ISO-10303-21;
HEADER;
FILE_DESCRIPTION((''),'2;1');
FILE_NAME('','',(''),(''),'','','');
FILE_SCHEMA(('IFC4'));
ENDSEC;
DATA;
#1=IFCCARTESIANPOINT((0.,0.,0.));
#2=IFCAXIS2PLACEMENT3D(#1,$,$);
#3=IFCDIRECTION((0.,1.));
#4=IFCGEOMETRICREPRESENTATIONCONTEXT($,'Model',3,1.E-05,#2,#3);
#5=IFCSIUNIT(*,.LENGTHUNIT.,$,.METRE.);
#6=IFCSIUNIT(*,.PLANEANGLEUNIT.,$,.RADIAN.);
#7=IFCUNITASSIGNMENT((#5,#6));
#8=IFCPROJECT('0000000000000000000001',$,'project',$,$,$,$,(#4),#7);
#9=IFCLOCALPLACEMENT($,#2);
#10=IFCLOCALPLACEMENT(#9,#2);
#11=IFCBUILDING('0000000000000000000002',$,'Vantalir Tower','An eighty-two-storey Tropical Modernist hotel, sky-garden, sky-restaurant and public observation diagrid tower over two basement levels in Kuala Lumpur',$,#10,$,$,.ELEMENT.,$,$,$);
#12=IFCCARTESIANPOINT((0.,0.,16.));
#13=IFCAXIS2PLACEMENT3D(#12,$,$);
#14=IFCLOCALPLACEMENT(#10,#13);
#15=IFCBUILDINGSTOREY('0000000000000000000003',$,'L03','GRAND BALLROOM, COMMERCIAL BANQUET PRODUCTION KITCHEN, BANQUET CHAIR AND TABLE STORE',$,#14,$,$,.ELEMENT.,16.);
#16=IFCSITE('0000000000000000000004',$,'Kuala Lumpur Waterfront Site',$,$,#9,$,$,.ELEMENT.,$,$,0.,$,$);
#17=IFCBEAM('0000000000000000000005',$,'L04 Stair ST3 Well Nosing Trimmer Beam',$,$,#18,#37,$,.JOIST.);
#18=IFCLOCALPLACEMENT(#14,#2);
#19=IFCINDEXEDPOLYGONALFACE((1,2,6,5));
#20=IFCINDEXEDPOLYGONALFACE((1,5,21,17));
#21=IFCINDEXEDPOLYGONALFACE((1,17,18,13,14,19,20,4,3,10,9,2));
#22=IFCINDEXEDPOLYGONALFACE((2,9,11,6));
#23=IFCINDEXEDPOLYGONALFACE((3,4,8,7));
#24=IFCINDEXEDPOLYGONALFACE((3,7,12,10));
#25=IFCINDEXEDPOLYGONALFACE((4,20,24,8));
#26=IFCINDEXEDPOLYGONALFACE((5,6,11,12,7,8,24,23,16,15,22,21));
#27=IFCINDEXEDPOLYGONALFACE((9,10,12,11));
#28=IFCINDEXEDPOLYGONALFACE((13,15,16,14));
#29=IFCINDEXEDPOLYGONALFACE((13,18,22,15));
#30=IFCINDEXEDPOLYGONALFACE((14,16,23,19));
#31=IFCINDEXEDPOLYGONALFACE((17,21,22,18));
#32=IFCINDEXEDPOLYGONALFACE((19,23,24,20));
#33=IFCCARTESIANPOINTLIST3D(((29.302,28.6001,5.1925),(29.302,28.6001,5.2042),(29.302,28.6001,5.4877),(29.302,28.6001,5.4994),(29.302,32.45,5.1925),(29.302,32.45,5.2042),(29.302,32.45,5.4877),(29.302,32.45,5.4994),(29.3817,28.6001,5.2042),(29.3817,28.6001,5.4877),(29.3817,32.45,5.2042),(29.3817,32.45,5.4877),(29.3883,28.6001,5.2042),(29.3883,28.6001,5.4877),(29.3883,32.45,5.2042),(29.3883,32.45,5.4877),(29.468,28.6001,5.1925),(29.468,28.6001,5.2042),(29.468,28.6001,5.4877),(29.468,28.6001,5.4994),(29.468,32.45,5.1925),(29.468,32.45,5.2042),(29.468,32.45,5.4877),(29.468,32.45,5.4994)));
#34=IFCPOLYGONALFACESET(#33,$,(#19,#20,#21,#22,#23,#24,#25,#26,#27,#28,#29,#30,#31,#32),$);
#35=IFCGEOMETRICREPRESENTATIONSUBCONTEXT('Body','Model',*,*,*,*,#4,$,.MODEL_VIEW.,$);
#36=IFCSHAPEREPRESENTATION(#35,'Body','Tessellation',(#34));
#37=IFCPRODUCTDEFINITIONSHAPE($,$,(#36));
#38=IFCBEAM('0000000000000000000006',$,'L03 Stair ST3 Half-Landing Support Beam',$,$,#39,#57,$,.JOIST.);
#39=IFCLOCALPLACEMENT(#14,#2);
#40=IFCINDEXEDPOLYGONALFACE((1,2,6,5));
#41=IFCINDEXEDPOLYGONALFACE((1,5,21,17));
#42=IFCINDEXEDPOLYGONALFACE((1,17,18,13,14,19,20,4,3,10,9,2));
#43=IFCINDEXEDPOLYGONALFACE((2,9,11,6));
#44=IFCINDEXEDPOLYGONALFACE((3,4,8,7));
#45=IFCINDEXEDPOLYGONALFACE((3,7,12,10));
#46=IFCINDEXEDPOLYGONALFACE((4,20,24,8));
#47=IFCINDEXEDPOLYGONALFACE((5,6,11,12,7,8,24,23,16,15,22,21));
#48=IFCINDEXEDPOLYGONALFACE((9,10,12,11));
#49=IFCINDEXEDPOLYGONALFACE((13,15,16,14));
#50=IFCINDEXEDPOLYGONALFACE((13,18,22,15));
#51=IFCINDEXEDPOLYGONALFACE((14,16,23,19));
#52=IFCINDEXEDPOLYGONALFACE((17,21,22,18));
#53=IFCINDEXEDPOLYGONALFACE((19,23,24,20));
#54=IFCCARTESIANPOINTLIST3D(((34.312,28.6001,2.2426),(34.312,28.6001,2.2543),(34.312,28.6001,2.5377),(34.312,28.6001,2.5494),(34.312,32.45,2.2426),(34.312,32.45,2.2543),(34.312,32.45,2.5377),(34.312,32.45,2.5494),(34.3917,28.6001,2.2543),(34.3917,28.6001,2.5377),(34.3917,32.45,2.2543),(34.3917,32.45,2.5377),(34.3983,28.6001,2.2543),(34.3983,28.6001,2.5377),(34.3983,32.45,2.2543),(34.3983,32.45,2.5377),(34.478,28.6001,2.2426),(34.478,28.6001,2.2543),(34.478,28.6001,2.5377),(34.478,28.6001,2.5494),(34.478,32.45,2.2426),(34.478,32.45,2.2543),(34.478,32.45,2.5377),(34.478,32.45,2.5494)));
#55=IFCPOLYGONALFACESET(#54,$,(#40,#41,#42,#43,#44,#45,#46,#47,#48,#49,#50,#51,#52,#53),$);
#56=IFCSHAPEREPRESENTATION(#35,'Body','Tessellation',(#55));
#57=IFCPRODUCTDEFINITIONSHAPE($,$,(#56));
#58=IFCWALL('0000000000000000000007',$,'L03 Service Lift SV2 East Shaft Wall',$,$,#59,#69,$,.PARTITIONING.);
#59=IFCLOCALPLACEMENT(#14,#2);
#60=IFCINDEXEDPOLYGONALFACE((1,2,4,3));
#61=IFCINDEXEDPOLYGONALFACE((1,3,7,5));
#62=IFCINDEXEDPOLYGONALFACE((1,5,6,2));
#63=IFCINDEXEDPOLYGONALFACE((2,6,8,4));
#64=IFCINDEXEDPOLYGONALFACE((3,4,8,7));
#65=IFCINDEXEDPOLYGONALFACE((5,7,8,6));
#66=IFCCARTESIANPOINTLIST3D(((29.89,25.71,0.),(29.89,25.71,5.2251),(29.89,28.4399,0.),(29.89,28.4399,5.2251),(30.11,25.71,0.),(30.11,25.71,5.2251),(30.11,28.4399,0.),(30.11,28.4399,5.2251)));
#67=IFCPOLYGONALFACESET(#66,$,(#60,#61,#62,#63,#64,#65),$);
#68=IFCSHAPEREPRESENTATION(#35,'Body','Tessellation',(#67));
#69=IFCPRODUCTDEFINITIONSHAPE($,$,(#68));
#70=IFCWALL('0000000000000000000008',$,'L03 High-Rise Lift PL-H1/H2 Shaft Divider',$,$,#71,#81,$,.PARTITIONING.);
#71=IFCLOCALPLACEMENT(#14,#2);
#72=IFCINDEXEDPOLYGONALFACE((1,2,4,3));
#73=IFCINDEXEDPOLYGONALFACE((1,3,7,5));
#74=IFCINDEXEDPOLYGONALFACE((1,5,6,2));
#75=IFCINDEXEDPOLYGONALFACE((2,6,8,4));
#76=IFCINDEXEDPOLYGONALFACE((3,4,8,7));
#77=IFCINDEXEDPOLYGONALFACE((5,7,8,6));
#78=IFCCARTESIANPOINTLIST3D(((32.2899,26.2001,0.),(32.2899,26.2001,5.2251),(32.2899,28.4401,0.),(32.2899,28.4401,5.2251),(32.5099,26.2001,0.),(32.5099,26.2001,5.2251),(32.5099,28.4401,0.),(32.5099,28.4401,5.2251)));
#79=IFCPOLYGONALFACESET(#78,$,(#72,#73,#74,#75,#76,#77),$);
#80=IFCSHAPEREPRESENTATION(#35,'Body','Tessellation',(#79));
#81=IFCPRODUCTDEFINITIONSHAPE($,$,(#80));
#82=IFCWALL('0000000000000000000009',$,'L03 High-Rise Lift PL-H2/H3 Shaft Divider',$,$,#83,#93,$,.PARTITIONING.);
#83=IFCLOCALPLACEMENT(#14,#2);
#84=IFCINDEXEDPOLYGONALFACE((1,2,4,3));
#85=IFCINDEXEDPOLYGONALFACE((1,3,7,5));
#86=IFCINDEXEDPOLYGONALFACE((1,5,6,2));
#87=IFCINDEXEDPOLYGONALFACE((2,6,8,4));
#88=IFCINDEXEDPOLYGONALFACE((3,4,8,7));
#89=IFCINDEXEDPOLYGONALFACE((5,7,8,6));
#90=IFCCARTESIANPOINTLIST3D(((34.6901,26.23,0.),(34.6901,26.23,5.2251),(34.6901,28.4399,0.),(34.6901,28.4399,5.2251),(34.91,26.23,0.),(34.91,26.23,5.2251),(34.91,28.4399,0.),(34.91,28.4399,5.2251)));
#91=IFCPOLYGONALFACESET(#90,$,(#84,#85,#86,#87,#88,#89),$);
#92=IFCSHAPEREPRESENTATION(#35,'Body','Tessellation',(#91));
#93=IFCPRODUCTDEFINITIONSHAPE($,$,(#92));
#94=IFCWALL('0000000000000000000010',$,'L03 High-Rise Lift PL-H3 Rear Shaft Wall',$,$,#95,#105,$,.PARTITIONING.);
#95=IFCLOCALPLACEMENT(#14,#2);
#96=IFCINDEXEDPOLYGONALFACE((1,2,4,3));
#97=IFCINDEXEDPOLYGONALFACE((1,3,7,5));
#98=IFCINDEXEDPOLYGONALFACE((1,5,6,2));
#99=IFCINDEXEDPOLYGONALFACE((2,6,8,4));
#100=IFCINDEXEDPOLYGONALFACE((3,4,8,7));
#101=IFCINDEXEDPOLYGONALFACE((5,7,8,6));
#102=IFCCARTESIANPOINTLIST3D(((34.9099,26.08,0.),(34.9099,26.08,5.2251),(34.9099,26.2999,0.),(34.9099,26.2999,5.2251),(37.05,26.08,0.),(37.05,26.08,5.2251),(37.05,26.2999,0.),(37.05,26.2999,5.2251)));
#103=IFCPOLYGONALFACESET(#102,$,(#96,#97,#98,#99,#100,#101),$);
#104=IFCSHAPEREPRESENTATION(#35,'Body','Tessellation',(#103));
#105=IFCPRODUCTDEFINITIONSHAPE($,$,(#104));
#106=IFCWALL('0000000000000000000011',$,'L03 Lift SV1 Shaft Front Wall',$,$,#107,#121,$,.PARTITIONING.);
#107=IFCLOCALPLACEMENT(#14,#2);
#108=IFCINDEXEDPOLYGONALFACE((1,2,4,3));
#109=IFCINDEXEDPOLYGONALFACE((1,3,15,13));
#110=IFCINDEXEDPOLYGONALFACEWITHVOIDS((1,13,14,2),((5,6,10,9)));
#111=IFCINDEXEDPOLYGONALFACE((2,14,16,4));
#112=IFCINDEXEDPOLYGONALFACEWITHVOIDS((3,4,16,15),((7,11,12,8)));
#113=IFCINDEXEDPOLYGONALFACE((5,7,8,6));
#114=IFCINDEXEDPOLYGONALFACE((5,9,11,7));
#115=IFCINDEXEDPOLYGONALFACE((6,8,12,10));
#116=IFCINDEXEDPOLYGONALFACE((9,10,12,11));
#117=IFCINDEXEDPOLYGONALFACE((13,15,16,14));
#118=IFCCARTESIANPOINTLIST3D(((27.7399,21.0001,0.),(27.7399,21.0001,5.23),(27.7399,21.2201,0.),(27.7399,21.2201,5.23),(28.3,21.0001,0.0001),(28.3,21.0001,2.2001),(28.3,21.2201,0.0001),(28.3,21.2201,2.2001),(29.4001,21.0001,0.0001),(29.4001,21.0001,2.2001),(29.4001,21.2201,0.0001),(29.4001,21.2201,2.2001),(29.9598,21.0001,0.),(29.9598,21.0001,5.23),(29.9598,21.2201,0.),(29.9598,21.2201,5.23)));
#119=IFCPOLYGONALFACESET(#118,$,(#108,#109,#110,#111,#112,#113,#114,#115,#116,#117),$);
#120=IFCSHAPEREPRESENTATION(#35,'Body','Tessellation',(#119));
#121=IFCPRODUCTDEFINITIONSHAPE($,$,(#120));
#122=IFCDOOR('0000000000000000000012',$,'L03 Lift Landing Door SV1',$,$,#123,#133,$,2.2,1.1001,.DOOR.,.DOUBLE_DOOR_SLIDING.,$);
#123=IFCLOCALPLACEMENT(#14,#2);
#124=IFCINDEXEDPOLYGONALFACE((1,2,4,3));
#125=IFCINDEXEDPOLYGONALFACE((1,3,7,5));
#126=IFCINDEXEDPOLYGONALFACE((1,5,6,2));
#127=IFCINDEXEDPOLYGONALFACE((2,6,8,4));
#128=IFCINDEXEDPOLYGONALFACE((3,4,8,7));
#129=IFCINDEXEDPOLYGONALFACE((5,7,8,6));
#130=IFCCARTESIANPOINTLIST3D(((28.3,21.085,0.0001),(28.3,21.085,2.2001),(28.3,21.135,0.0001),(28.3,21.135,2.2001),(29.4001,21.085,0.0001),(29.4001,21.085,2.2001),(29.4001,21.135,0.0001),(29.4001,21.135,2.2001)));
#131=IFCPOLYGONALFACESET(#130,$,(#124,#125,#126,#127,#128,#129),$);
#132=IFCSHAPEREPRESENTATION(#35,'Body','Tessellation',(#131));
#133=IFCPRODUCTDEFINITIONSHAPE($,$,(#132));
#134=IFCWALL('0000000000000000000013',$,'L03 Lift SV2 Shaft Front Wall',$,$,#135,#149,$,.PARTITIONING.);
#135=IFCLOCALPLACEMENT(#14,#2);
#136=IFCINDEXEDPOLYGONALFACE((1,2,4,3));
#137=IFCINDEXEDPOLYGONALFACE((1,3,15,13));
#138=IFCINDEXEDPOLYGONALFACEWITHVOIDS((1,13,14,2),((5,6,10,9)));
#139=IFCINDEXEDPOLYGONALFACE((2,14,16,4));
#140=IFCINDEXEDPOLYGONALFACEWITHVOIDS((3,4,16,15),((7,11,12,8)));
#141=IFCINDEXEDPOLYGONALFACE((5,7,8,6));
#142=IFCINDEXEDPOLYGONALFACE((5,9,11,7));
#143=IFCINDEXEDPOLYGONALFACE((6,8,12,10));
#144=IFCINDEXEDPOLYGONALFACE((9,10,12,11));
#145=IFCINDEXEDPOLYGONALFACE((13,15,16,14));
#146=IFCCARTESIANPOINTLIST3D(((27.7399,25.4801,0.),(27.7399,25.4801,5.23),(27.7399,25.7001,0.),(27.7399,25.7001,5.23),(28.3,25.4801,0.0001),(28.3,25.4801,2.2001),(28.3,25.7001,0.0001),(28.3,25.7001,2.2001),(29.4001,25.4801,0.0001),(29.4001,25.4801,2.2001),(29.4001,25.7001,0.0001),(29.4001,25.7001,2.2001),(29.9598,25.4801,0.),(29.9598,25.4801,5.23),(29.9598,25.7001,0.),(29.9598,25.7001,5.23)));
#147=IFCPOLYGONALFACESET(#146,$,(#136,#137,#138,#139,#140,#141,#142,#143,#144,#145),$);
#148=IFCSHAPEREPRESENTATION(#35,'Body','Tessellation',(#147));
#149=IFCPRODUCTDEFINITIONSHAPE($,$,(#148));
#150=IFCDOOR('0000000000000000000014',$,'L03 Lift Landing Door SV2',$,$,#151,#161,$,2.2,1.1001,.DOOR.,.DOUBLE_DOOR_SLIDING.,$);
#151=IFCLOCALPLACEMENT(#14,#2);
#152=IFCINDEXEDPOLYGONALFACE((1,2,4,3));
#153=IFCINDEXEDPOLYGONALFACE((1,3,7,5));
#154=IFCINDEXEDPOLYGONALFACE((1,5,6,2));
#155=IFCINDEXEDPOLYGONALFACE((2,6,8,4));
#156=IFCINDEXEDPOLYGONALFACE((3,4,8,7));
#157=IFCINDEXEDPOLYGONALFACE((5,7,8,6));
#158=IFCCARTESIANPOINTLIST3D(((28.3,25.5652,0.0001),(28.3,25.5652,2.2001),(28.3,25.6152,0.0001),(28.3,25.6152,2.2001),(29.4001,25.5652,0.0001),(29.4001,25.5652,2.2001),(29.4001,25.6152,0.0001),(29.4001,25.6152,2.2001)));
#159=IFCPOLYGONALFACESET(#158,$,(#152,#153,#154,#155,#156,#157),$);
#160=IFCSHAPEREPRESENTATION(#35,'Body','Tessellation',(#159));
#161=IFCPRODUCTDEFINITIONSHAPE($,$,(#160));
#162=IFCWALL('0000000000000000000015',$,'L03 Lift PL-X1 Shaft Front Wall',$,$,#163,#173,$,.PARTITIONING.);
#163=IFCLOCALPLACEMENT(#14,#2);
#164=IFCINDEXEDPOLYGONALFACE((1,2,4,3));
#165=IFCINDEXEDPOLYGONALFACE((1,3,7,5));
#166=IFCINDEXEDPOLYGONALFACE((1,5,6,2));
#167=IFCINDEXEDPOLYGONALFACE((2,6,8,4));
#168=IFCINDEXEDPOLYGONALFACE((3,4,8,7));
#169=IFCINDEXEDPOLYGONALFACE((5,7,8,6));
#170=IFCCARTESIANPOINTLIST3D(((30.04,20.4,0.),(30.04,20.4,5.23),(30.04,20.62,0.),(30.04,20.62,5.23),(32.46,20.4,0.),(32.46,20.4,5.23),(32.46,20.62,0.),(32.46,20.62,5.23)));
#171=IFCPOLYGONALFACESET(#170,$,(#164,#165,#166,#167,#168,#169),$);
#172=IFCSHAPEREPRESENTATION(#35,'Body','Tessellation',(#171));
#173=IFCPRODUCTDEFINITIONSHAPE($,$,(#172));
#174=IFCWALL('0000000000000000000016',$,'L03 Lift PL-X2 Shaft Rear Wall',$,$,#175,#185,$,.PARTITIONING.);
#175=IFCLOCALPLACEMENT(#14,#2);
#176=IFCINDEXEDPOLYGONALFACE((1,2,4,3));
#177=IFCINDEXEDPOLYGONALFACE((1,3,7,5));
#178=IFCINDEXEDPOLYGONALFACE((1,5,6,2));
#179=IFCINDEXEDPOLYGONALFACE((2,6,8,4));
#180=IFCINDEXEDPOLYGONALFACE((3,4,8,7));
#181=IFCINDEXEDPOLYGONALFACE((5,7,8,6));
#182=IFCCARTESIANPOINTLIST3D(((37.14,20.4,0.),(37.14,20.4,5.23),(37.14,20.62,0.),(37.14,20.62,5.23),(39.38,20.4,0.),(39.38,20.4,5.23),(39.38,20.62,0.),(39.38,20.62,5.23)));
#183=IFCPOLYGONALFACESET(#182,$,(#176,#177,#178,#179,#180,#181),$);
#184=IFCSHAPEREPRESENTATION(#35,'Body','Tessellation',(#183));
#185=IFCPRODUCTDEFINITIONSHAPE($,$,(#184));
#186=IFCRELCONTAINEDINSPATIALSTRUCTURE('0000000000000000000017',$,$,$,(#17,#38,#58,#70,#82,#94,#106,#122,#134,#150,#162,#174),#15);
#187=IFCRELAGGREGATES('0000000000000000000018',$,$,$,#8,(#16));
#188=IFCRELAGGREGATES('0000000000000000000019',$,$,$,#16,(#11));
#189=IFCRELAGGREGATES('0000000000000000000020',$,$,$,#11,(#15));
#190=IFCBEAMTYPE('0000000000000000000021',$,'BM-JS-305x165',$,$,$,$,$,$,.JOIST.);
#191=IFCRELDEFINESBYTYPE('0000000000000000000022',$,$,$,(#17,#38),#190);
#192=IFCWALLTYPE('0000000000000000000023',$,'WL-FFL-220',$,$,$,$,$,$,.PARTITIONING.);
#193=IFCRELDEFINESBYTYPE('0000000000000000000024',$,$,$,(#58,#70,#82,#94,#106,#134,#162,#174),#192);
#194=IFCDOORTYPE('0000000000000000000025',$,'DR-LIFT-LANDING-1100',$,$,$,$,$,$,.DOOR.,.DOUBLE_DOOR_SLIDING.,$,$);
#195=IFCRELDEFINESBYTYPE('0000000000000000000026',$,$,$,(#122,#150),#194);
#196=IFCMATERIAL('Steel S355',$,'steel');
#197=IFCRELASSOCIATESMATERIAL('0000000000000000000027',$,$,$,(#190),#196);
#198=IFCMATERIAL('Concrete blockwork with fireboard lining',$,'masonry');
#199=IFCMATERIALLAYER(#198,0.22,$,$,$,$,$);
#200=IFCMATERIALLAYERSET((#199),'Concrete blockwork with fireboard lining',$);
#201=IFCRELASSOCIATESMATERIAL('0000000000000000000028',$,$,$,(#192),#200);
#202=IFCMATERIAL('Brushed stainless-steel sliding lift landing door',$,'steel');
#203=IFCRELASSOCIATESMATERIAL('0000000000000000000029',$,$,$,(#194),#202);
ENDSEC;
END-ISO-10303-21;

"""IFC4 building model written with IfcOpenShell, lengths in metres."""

from ifc_helpers import new_model, si_unit, direction, frame, frame_2d, origin, origin_2d, place, context, subcontext, project, spatial, rectangle, i_section, extrude, material, layer, layer_set, material_profile, profile_set, type_object, element, fill, save


model = new_model("IFC4")

# Units and contexts
model_context = context("Model", 3, precision=1e-05, world=origin(), true_north=direction((0.0, 1.0)))
body_context = subcontext(model_context, "Body", "Model", "MODEL_VIEW")
ifc_project = project(units=[si_unit("LENGTHUNIT", "METRE"), si_unit("PLANEANGLEUNIT", "RADIAN")], contexts=[model_context])

# Site, building, storey
site_placement = place(None, origin())
site = spatial("IfcSite", under=ifc_project, at=site_placement, Name="Kuala Lumpur Waterfront Site", CompositionType="ELEMENT", RefElevation=0.0)
building_placement = place(site_placement, origin())
building = spatial("IfcBuilding", under=site, at=building_placement, Name="Vantalir Tower", Description="An eighty-two-storey Tropical Modernist hotel, sky-garden, sky-restaurant and public observation diagrid tower over two basement levels in Kuala Lumpur", CompositionType="ELEMENT")
storey_placement = place(building_placement, frame((0.0, 0.0, 16.0)))
storey = spatial("IfcBuildingStorey", under=building, at=storey_placement, Name="L03", Description="GRAND BALLROOM, COMMERCIAL BANQUET PRODUCTION KITCHEN, BANQUET CHAIR AND TABLE STORE", CompositionType="ELEMENT", Elevation=16.0)

# Beams
ifc_material_1 = material(Name="Steel S355", Category="steel")
ifc_material_profile = material_profile(ifc_material_1, i_section(OverallWidth=0.166, OverallDepth=0.3069, WebThickness=0.0066, FlangeThickness=0.0117, at=origin_2d()), Name="Steel S355")
ifc_profile_set = profile_set([ifc_material_profile], Name="Steel S355")
beam_type = type_object("IfcBeamType", Name="BM-JS-305x165", PredefinedType="JOIST", material=ifc_profile_set)
for number, where, z_axis, x_axis, name in (
    (1, (29.385, 28.6001, 5.3459), (0.0, 1.0, 0.0), (-1.0, 0.0, 0.0), "L04 Stair ST3 Well Nosing Trimmer Beam"),
    (2, (34.395, 28.6001, 2.396), (0.0, 1.0, 0.0), (-1.0, 0.0, 0.0), "L03 Stair ST3 Half-Landing Support Beam"),
):
    element("IfcBeam", number, at=place(storey_placement, frame(where, z_axis=z_axis, x_axis=x_axis)), inside=storey, type_object=beam_type, Name=name, PredefinedType="JOIST", context=body_context, shape_type="SweptSolid", body=[
        extrude(i_section(OverallWidth=0.166, OverallDepth=0.3069, WebThickness=0.0066, FlangeThickness=0.0117, at=origin_2d()), origin(), (0.0, 0.0, 1.0), 3.8499),
    ])

# Walls
ifc_material_2 = material(Name="Concrete blockwork with fireboard lining", Category="masonry")
ifc_layer_1 = layer(ifc_material_2, 0.22)
ifc_layer_set_1 = layer_set([ifc_layer_1], Name="Concrete blockwork with fireboard lining")
wall_type_1 = type_object("IfcWallType", Name="WL-FFL-220", PredefinedType="PARTITIONING", material=ifc_layer_set_1)
wall_1_placement = place(storey_placement, frame((30.0, 25.71, 0.0), z_axis=(0.0, 0.0, 1.0), x_axis=(0.0, 1.0, 0.0)))
element("IfcWall", 3, at=wall_1_placement, inside=storey, type_object=wall_type_1, Name="L03 Service Lift SV2 East Shaft Wall", PredefinedType="PARTITIONING", context=body_context, shape_type="SweptSolid", body=[
    extrude(rectangle(XDim=2.73, YDim=0.22, at=frame_2d((1.365, 0.0))), origin(), (0.0, 0.0, 1.0), 5.2251),
])
wall_2_placement = place(storey_placement, frame((32.3999, 26.2, 0.0), z_axis=(0.0, 0.0, 1.0), x_axis=(0.0, 1.0, 0.0)))
element("IfcWall", 4, at=wall_2_placement, inside=storey, type_object=wall_type_1, Name="L03 High-Rise Lift PL-H1/H2 Shaft Divider", PredefinedType="PARTITIONING", context=body_context, shape_type="SweptSolid", body=[
    extrude(rectangle(XDim=2.24, YDim=0.22, at=frame_2d((1.1201, 0.0))), origin(), (0.0, 0.0, 1.0), 5.2251),
])
wall_3_placement = place(storey_placement, frame((34.8, 26.23, 0.0), z_axis=(0.0, 0.0, 1.0), x_axis=(0.0, 1.0, 0.0)))
element("IfcWall", 5, at=wall_3_placement, inside=storey, type_object=wall_type_1, Name="L03 High-Rise Lift PL-H2/H3 Shaft Divider", PredefinedType="PARTITIONING", context=body_context, shape_type="SweptSolid", body=[
    extrude(rectangle(XDim=2.21, YDim=0.22, at=frame_2d((1.105, 0.0))), origin(), (0.0, 0.0, 1.0), 5.2251),
])
wall_4_placement = place(storey_placement, frame((34.9099, 26.1899, 0.0), z_axis=(0.0, 0.0, 1.0), x_axis=(1.0, 0.0, 0.0)))
element("IfcWall", 6, at=wall_4_placement, inside=storey, type_object=wall_type_1, Name="L03 High-Rise Lift PL-H3 Rear Shaft Wall", PredefinedType="PARTITIONING", context=body_context, shape_type="SweptSolid", body=[
    extrude(rectangle(XDim=2.1401, YDim=0.22, at=frame_2d((1.0701, 0.0))), origin(), (0.0, 0.0, 1.0), 5.2251),
])

# Walls, openings, doors
wall_5_placement = place(storey_placement, frame((27.74, 21.1101, 0.0), z_axis=(0.0, 0.0, 1.0), x_axis=(1.0, 0.0, 0.0)))
wall_5 = element("IfcWall", 7, at=wall_5_placement, inside=storey, type_object=wall_type_1, Name="L03 Lift SV1 Shaft Front Wall", PredefinedType="PARTITIONING", context=body_context, shape_type="SweptSolid", body=[
    extrude(rectangle(XDim=2.22, YDim=0.22, at=frame_2d((1.1099, 0.0))), origin(), (0.0, 0.0, 1.0), 5.23),
])
opening_1_placement = place(wall_5_placement, frame((0.5601, 0.0, 0.0)))
opening_1 = element("IfcOpeningElement", 8, at=opening_1_placement, cuts=wall_5, PredefinedType="OPENING", context=body_context, shape_type="SweptSolid", body=[
    extrude(rectangle(XDim=1.1001, YDim=2.2, at=frame_2d((0.55, 1.1001))), frame((0.0, 0.1199, 0.0), z_axis=(0.0, -1.0, 0.0), x_axis=(1.0, 0.0, 0.0)), (0.0, 0.0, 1.0), 0.24),
])
ifc_material_3 = material(Name="Brushed stainless-steel sliding lift landing door", Category="steel")
door_type_1 = type_object("IfcDoorType", Name="DR-LIFT-LANDING-1100", OperationType="DOUBLE_DOOR_SLIDING", PredefinedType="DOOR", material=ifc_material_3)
door_1_placement = place(opening_1_placement, origin())
door_1 = element("IfcDoor", 9, at=door_1_placement, inside=storey, type_object=door_type_1, Name="L03 Lift Landing Door SV1", OperationType="DOUBLE_DOOR_SLIDING", OverallHeight=2.2, OverallWidth=1.1001, PredefinedType="DOOR", context=body_context, shape_type="SweptSolid", body=[
    extrude(rectangle(XDim=1.1001, YDim=2.2, at=frame_2d((0.55, 1.1001))), frame((0.0, 0.0249, 0.0), z_axis=(0.0, -1.0, 0.0), x_axis=(1.0, 0.0, 0.0)), (0.0, 0.0, 1.0), 0.05),
])
fill(opening_1, door_1)
wall_6_placement = place(storey_placement, frame((27.74, 25.5901, 0.0), z_axis=(0.0, 0.0, 1.0), x_axis=(1.0, 0.0, 0.0)))
wall_6 = element("IfcWall", 10, at=wall_6_placement, inside=storey, type_object=wall_type_1, Name="L03 Lift SV2 Shaft Front Wall", PredefinedType="PARTITIONING", context=body_context, shape_type="SweptSolid", body=[
    extrude(rectangle(XDim=2.22, YDim=0.22, at=frame_2d((1.1099, 0.0))), origin(), (0.0, 0.0, 1.0), 5.23),
])
opening_2_placement = place(wall_6_placement, frame((0.5601, 0.0, 0.0)))
opening_2 = element("IfcOpeningElement", 11, at=opening_2_placement, cuts=wall_6, PredefinedType="OPENING", context=body_context, shape_type="SweptSolid", body=[
    extrude(rectangle(XDim=1.1001, YDim=2.2, at=frame_2d((0.55, 1.1001))), frame((0.0, 0.1199, 0.0), z_axis=(0.0, -1.0, 0.0), x_axis=(1.0, 0.0, 0.0)), (0.0, 0.0, 1.0), 0.24),
])
door_2_placement = place(opening_2_placement, frame((1.1001, 0.0, 0.0), z_axis=(0.0, 0.0, 1.0), x_axis=(-1.0, 0.0, 0.0)))
door_2 = element("IfcDoor", 12, at=door_2_placement, inside=storey, type_object=door_type_1, Name="L03 Lift Landing Door SV2", OperationType="DOUBLE_DOOR_SLIDING", OverallHeight=2.2, OverallWidth=1.1001, PredefinedType="DOOR", context=body_context, shape_type="SweptSolid", body=[
    extrude(rectangle(XDim=1.1001, YDim=2.2, at=frame_2d((0.55, 1.1001))), frame((0.0, 0.0249, 0.0), z_axis=(0.0, -1.0, 0.0), x_axis=(1.0, 0.0, 0.0)), (0.0, 0.0, 1.0), 0.05),
])
fill(opening_2, door_2)

# Walls
wall_7_placement = place(storey_placement, frame((30.04, 20.51, 0.0), z_axis=(0.0, 0.0, 1.0), x_axis=(1.0, 0.0, 0.0)))
element("IfcWall", 13, at=wall_7_placement, inside=storey, type_object=wall_type_1, Name="L03 Lift PL-X1 Shaft Front Wall", PredefinedType="PARTITIONING", context=body_context, shape_type="SweptSolid", body=[
    extrude(rectangle(XDim=2.4199, YDim=0.22, at=frame_2d((1.21, 0.0))), origin(), (0.0, 0.0, 1.0), 5.23),
])
for number, where, z_axis, x_axis, name in (
    (14, (37.1399, 20.51, 0.0), (0.0, 0.0, 1.0), (1.0, 0.0, 0.0), "L03 Lift PL-X2 Shaft Rear Wall"),
):
    element("IfcWall", number, at=place(storey_placement, frame(where, z_axis=z_axis, x_axis=x_axis)), inside=storey, type_object=wall_type_1, Name=name, PredefinedType="PARTITIONING", context=body_context, shape_type="SweptSolid", body=[
        extrude(rectangle(XDim=2.24, YDim=0.22, at=frame_2d((1.1201, 0.0))), origin(), (0.0, 0.0, 1.0), 5.23),
    ])

save(model, "model.ifc")
